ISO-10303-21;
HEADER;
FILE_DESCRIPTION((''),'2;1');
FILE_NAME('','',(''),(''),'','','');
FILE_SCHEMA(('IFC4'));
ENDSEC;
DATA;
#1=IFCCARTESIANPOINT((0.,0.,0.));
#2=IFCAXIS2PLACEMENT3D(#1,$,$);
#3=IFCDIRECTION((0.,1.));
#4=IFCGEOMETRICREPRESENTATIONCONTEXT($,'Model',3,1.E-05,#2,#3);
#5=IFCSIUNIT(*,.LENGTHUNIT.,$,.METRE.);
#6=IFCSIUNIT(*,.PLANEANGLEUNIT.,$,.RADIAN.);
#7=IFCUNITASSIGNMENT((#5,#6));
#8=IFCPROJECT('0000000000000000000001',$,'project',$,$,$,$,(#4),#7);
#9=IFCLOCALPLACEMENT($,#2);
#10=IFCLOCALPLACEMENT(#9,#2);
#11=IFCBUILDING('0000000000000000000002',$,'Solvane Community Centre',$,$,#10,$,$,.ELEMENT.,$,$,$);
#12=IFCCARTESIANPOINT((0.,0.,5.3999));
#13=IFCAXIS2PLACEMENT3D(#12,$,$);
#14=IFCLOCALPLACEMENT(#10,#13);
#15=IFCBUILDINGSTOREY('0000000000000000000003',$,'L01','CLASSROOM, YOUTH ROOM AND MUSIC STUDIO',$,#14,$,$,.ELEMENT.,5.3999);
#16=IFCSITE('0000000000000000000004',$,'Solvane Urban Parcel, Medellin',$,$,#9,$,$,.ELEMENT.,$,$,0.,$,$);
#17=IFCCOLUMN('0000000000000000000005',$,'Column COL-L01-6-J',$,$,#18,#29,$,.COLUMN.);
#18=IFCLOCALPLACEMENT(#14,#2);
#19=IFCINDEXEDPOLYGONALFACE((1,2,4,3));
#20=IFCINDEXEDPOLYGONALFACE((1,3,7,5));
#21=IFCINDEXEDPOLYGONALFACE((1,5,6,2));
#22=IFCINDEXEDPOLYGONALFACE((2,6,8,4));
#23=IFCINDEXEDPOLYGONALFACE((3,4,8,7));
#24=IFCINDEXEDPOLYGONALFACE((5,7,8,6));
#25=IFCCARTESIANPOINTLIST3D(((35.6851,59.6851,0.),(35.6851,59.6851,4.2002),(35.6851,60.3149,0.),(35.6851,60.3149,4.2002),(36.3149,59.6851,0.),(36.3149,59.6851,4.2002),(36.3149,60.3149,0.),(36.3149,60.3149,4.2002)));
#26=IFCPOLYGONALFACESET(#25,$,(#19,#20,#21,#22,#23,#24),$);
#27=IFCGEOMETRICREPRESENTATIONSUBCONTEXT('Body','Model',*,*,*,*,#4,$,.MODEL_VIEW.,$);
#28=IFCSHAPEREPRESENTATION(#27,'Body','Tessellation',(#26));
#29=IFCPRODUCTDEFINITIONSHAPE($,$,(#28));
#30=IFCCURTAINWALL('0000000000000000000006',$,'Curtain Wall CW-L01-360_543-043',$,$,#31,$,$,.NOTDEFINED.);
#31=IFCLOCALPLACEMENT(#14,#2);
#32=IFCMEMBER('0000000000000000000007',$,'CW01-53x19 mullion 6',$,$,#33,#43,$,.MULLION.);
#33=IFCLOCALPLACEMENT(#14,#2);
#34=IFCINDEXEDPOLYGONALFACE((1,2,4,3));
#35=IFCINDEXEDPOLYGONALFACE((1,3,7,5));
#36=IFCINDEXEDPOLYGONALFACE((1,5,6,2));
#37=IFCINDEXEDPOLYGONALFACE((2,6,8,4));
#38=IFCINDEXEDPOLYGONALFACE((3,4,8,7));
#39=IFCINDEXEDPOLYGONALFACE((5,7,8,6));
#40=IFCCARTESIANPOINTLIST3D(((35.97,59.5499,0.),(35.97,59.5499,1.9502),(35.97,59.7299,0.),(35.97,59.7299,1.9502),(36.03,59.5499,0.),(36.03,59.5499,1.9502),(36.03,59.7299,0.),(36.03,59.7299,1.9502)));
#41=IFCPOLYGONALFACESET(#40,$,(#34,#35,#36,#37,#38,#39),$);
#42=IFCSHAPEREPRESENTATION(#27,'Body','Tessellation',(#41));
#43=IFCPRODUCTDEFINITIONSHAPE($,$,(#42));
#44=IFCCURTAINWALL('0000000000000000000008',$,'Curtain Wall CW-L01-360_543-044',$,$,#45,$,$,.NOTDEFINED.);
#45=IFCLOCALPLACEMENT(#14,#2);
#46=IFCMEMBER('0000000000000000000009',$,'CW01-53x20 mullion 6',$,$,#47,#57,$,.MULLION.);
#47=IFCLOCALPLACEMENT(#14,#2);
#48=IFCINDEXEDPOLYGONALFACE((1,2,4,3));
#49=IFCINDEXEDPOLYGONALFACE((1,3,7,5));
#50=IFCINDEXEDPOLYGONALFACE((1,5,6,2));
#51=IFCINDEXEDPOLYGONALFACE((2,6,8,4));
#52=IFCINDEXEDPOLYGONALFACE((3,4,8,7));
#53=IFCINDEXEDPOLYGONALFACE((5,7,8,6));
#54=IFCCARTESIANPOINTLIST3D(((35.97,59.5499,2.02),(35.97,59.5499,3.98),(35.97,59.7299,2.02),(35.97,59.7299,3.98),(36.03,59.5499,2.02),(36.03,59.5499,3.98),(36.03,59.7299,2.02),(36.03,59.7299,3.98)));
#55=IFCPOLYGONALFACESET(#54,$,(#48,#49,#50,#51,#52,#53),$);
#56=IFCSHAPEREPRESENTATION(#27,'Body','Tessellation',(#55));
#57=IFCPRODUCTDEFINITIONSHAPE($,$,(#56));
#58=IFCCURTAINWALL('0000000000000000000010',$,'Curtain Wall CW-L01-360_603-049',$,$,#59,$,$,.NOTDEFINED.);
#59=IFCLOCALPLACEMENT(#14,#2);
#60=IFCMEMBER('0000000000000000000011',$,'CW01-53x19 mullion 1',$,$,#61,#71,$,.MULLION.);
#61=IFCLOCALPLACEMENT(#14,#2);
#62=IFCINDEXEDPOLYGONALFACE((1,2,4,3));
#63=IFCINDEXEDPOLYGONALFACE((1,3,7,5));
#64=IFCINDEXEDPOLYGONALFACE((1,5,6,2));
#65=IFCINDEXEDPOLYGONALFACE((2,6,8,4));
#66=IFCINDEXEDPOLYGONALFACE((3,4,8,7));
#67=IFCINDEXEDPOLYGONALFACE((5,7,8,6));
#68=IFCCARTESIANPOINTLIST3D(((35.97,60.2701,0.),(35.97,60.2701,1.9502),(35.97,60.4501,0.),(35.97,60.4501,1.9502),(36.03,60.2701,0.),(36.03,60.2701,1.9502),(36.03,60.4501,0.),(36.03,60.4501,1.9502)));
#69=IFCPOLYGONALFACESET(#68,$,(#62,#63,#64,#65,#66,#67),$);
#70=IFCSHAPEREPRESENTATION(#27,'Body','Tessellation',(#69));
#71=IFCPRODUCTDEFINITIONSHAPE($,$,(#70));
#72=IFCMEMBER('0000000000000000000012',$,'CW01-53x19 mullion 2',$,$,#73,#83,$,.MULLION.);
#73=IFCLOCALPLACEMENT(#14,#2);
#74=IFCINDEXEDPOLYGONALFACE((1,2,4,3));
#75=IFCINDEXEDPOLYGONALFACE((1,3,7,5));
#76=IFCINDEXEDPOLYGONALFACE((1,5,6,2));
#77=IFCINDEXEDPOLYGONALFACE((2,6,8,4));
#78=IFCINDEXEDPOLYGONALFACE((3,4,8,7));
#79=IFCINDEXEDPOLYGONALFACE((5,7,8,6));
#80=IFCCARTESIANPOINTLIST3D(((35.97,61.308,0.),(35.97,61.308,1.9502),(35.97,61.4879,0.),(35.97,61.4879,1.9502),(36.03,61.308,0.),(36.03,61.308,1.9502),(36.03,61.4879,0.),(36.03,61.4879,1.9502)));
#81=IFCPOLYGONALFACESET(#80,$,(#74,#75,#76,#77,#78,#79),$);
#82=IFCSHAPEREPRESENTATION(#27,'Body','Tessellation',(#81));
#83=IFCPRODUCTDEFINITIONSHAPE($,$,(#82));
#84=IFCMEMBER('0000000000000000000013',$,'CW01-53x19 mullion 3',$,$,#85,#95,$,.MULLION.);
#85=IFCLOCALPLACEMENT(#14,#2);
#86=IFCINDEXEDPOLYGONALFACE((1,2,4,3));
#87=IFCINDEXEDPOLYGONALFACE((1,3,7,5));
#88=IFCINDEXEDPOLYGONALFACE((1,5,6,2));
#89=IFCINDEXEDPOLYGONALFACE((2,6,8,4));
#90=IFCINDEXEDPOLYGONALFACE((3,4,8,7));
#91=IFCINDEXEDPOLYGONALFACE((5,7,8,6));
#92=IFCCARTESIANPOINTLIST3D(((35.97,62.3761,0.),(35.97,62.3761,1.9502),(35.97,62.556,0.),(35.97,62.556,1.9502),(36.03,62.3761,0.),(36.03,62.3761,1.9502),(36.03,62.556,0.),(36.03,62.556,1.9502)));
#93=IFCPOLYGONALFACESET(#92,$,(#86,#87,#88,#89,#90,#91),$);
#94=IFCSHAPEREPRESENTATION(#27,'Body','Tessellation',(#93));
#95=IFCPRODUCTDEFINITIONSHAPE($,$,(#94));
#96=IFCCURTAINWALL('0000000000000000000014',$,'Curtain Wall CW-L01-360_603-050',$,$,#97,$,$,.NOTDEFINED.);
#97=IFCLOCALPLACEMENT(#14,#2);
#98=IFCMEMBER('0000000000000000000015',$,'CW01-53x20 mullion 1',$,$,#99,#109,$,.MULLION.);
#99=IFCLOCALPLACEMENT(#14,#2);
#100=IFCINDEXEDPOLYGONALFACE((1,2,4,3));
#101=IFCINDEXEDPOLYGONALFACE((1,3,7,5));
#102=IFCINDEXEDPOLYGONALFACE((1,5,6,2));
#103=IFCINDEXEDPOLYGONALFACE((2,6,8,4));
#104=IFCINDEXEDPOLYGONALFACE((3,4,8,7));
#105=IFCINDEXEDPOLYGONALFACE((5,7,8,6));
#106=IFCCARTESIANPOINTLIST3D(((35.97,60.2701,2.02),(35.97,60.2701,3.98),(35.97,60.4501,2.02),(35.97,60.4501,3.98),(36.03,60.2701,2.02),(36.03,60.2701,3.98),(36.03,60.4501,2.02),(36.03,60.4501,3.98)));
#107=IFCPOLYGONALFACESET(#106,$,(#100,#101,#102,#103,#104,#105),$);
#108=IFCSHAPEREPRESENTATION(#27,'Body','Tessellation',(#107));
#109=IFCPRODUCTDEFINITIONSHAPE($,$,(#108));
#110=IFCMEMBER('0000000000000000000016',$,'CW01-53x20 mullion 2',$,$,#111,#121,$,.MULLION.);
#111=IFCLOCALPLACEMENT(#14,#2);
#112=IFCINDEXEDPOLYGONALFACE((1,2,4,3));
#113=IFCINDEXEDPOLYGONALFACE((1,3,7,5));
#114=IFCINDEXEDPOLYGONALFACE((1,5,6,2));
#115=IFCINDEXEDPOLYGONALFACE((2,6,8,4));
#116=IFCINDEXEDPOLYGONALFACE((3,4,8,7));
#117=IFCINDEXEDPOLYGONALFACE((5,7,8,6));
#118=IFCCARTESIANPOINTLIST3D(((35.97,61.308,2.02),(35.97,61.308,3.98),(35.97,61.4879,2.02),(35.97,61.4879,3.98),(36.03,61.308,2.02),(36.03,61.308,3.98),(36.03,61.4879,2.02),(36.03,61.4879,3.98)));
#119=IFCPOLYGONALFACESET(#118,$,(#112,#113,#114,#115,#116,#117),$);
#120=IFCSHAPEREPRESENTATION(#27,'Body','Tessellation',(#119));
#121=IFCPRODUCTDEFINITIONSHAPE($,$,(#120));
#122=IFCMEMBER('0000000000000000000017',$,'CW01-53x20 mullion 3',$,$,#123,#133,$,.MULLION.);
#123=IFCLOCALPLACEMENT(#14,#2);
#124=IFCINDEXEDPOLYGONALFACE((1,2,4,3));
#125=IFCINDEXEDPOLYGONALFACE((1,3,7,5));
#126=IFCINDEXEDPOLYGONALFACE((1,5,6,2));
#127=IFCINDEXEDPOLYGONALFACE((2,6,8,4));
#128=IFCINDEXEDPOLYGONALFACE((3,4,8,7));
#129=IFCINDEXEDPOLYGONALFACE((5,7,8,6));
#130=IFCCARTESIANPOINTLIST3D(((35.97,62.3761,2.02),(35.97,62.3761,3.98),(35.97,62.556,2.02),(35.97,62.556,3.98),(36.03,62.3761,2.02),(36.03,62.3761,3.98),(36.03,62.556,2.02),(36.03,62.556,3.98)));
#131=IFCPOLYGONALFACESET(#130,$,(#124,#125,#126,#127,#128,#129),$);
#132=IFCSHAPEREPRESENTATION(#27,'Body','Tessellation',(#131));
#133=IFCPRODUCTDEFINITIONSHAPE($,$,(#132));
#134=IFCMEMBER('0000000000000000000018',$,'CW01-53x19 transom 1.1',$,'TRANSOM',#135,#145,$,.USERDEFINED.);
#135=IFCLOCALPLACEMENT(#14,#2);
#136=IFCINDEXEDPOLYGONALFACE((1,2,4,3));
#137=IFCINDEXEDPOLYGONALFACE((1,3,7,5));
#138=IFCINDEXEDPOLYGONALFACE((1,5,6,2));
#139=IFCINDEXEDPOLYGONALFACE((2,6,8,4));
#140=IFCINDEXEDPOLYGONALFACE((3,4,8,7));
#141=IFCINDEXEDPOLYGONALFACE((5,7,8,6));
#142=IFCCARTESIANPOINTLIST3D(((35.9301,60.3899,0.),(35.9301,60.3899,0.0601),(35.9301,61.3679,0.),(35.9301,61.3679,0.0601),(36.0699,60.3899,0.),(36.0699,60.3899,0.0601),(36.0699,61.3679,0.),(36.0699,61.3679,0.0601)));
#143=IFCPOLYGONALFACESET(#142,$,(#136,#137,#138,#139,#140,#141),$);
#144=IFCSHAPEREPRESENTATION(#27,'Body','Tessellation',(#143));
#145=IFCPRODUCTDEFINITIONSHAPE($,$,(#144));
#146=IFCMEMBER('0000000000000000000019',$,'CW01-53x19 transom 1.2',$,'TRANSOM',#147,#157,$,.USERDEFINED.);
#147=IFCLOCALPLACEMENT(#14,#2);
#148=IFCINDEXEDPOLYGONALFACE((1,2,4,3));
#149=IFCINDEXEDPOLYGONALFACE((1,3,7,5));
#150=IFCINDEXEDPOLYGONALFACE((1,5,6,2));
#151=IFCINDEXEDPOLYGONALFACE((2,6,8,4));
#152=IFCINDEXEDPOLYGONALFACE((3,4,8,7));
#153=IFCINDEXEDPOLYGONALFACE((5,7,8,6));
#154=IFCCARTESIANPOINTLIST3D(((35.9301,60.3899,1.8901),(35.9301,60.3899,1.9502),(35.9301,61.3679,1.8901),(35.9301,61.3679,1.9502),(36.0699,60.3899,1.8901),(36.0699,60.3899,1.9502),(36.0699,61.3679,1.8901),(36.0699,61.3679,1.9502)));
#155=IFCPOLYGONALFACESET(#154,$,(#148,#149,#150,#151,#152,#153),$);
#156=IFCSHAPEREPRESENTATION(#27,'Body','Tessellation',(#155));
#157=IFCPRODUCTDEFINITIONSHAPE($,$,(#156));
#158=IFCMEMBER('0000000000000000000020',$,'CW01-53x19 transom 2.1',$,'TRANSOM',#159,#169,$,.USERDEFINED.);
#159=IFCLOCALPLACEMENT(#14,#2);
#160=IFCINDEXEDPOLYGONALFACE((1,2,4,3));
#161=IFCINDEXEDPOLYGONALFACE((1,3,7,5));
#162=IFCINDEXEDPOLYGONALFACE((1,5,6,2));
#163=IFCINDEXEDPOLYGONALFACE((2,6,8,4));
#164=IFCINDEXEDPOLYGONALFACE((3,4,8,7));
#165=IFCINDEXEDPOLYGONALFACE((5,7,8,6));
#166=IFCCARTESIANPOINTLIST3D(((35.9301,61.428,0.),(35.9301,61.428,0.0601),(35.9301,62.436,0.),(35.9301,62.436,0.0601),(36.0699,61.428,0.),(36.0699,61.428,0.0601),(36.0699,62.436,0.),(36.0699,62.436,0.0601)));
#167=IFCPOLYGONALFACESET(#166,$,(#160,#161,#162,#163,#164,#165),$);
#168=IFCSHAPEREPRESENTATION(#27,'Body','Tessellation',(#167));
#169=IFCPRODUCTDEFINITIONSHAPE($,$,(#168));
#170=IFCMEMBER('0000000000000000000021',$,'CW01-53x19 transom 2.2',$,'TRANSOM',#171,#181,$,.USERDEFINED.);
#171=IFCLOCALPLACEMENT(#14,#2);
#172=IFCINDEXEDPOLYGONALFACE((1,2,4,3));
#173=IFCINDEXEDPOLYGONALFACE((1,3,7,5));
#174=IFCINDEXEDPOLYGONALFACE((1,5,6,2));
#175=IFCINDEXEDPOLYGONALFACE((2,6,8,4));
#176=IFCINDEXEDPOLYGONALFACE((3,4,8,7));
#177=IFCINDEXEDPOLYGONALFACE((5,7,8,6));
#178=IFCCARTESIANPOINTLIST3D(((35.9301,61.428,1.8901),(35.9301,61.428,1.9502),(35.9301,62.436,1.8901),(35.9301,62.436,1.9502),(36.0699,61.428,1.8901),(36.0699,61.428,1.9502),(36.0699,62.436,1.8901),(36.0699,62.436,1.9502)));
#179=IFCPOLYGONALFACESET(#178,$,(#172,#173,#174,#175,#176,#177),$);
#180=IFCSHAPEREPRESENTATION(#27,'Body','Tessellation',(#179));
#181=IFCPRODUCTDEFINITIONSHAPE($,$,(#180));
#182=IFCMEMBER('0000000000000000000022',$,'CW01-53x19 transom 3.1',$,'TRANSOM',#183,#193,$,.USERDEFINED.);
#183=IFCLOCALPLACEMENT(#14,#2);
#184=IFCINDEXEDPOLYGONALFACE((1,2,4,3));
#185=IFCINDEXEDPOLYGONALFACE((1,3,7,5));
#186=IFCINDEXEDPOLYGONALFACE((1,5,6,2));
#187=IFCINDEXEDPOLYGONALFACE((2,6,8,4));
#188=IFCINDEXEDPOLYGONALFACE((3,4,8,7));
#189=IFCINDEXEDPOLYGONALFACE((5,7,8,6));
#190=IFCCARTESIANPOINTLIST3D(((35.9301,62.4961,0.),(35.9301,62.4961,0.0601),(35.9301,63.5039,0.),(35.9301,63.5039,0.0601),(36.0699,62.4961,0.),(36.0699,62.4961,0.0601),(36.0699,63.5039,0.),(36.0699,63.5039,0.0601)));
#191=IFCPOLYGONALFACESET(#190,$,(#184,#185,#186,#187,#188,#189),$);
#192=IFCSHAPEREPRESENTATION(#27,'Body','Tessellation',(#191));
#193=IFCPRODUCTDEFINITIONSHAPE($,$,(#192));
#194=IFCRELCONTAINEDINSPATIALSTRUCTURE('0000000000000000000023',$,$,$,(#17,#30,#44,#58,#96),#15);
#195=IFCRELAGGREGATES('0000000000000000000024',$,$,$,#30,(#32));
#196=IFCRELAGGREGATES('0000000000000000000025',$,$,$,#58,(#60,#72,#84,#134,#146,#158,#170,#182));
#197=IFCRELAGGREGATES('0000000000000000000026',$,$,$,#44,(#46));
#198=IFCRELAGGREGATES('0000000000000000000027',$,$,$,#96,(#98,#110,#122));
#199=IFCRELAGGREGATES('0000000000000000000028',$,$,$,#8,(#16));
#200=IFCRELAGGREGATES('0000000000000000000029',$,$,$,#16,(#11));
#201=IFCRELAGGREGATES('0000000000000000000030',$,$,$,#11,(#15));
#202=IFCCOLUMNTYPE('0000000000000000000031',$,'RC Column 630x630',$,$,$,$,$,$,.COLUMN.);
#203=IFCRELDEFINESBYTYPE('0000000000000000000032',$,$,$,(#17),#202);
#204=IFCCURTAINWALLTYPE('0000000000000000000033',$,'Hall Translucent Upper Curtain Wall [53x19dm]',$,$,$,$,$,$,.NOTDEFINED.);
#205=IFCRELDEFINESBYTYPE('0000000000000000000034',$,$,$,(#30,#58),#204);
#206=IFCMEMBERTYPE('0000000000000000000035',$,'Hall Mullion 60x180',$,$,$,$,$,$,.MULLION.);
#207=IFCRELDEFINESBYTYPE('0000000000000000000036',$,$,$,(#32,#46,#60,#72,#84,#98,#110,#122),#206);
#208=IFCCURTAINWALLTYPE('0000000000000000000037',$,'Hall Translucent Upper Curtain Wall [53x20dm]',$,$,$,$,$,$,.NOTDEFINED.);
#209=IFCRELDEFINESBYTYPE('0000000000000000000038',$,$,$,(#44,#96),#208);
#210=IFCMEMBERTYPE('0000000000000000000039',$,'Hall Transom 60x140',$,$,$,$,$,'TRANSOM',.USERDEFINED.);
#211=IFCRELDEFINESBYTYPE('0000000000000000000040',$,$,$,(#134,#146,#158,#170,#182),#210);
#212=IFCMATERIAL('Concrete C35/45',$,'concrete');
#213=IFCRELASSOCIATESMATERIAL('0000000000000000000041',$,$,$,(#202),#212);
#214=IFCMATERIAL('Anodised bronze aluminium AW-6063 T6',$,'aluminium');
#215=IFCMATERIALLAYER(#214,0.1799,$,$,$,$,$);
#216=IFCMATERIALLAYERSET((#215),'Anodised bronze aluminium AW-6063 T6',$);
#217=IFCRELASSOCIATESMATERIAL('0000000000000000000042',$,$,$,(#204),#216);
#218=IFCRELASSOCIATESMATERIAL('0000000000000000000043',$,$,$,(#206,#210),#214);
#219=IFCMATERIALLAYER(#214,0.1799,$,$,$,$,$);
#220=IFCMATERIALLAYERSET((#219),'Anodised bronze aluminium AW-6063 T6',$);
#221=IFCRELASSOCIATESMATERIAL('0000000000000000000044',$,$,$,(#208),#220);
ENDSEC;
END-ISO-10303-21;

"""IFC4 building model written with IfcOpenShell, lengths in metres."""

from ifc_helpers import new_model, si_unit, direction, frame, origin, origin_2d, place, context, subcontext, project, spatial, rectangle, extrude, material, layer, layer_set, material_profile, profile_set, type_object, element, aggregate, save


model = new_model("IFC4")

# Units and contexts
model_context = context("Model", 3, precision=1e-05, world=origin(), true_north=direction((0.0, 1.0)))
body_context = subcontext(model_context, "Body", "Model", "MODEL_VIEW")
ifc_project = project(units=[si_unit("LENGTHUNIT", "METRE"), si_unit("PLANEANGLEUNIT", "RADIAN")], contexts=[model_context])

# Site, building, storey
site_placement = place(None, origin())
site = spatial("IfcSite", under=ifc_project, at=site_placement, Name="Solvane Urban Parcel, Medellin", CompositionType="ELEMENT", RefElevation=0.0)
building_placement = place(site_placement, origin())
building = spatial("IfcBuilding", under=site, at=building_placement, Name="Solvane Community Centre", CompositionType="ELEMENT")
storey_placement = place(building_placement, frame((0.0, 0.0, 5.3999)))
storey = spatial("IfcBuildingStorey", under=building, at=storey_placement, Name="L01", Description="CLASSROOM, YOUTH ROOM AND MUSIC STUDIO", CompositionType="ELEMENT", Elevation=5.3999)

# Column
ifc_material_1 = material(Name="Concrete C35/45", Category="concrete")
ifc_material_profile_1 = material_profile(ifc_material_1, rectangle(XDim=0.6299, YDim=0.6299, at=origin_2d()), Name="RC 630x630")
ifc_profile_set_1 = profile_set([ifc_material_profile_1], Name="Concrete C35/45")
column_type = type_object("IfcColumnType", Name="RC Column 630x630", PredefinedType="COLUMN", material=ifc_profile_set_1)
column_placement = place(storey_placement, frame((36.0, 60.0, 0.0), z_axis=(0.0, 0.0, 1.0), x_axis=(1.0, 0.0, 0.0)))
element("IfcColumn", 1, at=column_placement, inside=storey, type_object=column_type, Name="Column COL-L01-6-J", PredefinedType="COLUMN", context=body_context, shape_type="SweptSolid", body=[
    extrude(rectangle(XDim=0.6299, YDim=0.6299, at=origin_2d()), origin(), (0.0, 0.0, 1.0), 4.2002),
])

# Curtain walls, members
ifc_material_2 = material(Name="Anodised bronze aluminium AW-6063 T6", Category="aluminium")
ifc_layer_1 = layer(ifc_material_2, 0.1799)
ifc_layer_set_1 = layer_set([ifc_layer_1], Name="Anodised bronze aluminium AW-6063 T6")
curtain_wall_type_1 = type_object("IfcCurtainWallType", Name="Hall Translucent Upper Curtain Wall [53x19dm]", PredefinedType="NOTDEFINED", material=ifc_layer_set_1)
curtain_wall_1_placement = place(storey_placement, origin())
curtain_wall_1 = element("IfcCurtainWall", 2, at=curtain_wall_1_placement, inside=storey, type_object=curtain_wall_type_1, Name="Curtain Wall CW-L01-360_543-043", PredefinedType="NOTDEFINED")
ifc_material_profile_2 = material_profile(ifc_material_2, rectangle(XDim=0.0601, YDim=0.1799, at=origin_2d()), Name="CW-M 60x180")
ifc_profile_set_2 = profile_set([ifc_material_profile_2], Name="Anodised bronze aluminium AW-6063 T6")
member_type_1 = type_object("IfcMemberType", Name="Hall Mullion 60x180", PredefinedType="MULLION", material=ifc_profile_set_2)
member_1_placement = place(storey_placement, frame((36.0, 59.6399, 0.0), z_axis=(0.0, 0.0, 1.0), x_axis=(-1.0, 0.0, 0.0)))
member_1 = element("IfcMember", 3, at=member_1_placement, type_object=member_type_1, Name="CW01-53x19 mullion 6", PredefinedType="MULLION", context=body_context, shape_type="SweptSolid", body=[
    extrude(rectangle(XDim=0.0601, YDim=0.1799, at=origin_2d()), origin(), (0.0, 0.0, 1.0), 1.9502),
])
ifc_layer_2 = layer(ifc_material_2, 0.1799)
ifc_layer_set_2 = layer_set([ifc_layer_2], Name="Anodised bronze aluminium AW-6063 T6")
curtain_wall_type_2 = type_object("IfcCurtainWallType", Name="Hall Translucent Upper Curtain Wall [53x20dm]", PredefinedType="NOTDEFINED", material=ifc_layer_set_2)
curtain_wall_2_placement = place(storey_placement, origin())
curtain_wall_2 = element("IfcCurtainWall", 4, at=curtain_wall_2_placement, inside=storey, type_object=curtain_wall_type_2, Name="Curtain Wall CW-L01-360_543-044", PredefinedType="NOTDEFINED")
member_2_placement = place(storey_placement, frame((36.0, 59.6399, 2.02), z_axis=(0.0, 0.0, 1.0), x_axis=(-1.0, 0.0, 0.0)))
member_2 = element("IfcMember", 5, at=member_2_placement, type_object=member_type_1, Name="CW01-53x20 mullion 6", PredefinedType="MULLION", context=body_context, shape_type="SweptSolid", body=[
    extrude(rectangle(XDim=0.0601, YDim=0.1799, at=origin_2d()), origin(), (0.0, 0.0, 1.0), 1.96),
])

# Curtain walls, members
curtain_wall_3_placement = place(storey_placement, origin())
curtain_wall_3 = element("IfcCurtainWall", 6, at=curtain_wall_3_placement, inside=storey, type_object=curtain_wall_type_1, Name="Curtain Wall CW-L01-360_603-049", PredefinedType="NOTDEFINED")
member_3_placement = place(storey_placement, frame((36.0, 60.3601, 0.0), z_axis=(0.0, 0.0, 1.0), x_axis=(-1.0, 0.0, 0.0)))
member_3 = element("IfcMember", 7, at=member_3_placement, type_object=member_type_1, Name="CW01-53x19 mullion 1", PredefinedType="MULLION", context=body_context, shape_type="SweptSolid", body=[
    extrude(rectangle(XDim=0.0601, YDim=0.1799, at=origin_2d()), origin(), (0.0, 0.0, 1.0), 1.9502),
])
member_4_placement = place(storey_placement, frame((36.0, 61.3979, 0.0), z_axis=(0.0, 0.0, 1.0), x_axis=(-1.0, 0.0, 0.0)))
member_4 = element("IfcMember", 8, at=member_4_placement, type_object=member_type_1, Name="CW01-53x19 mullion 2", PredefinedType="MULLION", context=body_context, shape_type="SweptSolid", body=[
    extrude(rectangle(XDim=0.0601, YDim=0.1799, at=origin_2d()), origin(), (0.0, 0.0, 1.0), 1.9502),
])
member_5_placement = place(storey_placement, frame((36.0, 62.4661, 0.0), z_axis=(0.0, 0.0, 1.0), x_axis=(-1.0, 0.0, 0.0)))
member_5 = element("IfcMember", 9, at=member_5_placement, type_object=member_type_1, Name="CW01-53x19 mullion 3", PredefinedType="MULLION", context=body_context, shape_type="SweptSolid", body=[
    extrude(rectangle(XDim=0.0601, YDim=0.1799, at=origin_2d()), origin(), (0.0, 0.0, 1.0), 1.9502),
])
curtain_wall_4_placement = place(storey_placement, origin())
curtain_wall_4 = element("IfcCurtainWall", 10, at=curtain_wall_4_placement, inside=storey, type_object=curtain_wall_type_2, Name="Curtain Wall CW-L01-360_603-050", PredefinedType="NOTDEFINED")
member_6_placement = place(storey_placement, frame((36.0, 60.3601, 2.02), z_axis=(0.0, 0.0, 1.0), x_axis=(-1.0, 0.0, 0.0)))
member_6 = element("IfcMember", 11, at=member_6_placement, type_object=member_type_1, Name="CW01-53x20 mullion 1", PredefinedType="MULLION", context=body_context, shape_type="SweptSolid", body=[
    extrude(rectangle(XDim=0.0601, YDim=0.1799, at=origin_2d()), origin(), (0.0, 0.0, 1.0), 1.96),
])
member_7_placement = place(storey_placement, frame((36.0, 61.3979, 2.02), z_axis=(0.0, 0.0, 1.0), x_axis=(-1.0, 0.0, 0.0)))
member_7 = element("IfcMember", 12, at=member_7_placement, type_object=member_type_1, Name="CW01-53x20 mullion 2", PredefinedType="MULLION", context=body_context, shape_type="SweptSolid", body=[
    extrude(rectangle(XDim=0.0601, YDim=0.1799, at=origin_2d()), origin(), (0.0, 0.0, 1.0), 1.96),
])
member_8_placement = place(storey_placement, frame((36.0, 62.4661, 2.02), z_axis=(0.0, 0.0, 1.0), x_axis=(-1.0, 0.0, 0.0)))
member_8 = element("IfcMember", 13, at=member_8_placement, type_object=member_type_1, Name="CW01-53x20 mullion 3", PredefinedType="MULLION", context=body_context, shape_type="SweptSolid", body=[
    extrude(rectangle(XDim=0.0601, YDim=0.1799, at=origin_2d()), origin(), (0.0, 0.0, 1.0), 1.96),
])

# Members
ifc_material_profile_3 = material_profile(ifc_material_2, rectangle(XDim=0.1399, YDim=0.0601, at=origin_2d()), Name="CW-T 60x140")
ifc_profile_set_3 = profile_set([ifc_material_profile_3], Name="Anodised bronze aluminium AW-6063 T6")
member_type_2 = type_object("IfcMemberType", Name="Hall Transom 60x140", ElementType="TRANSOM", PredefinedType="USERDEFINED", material=ifc_profile_set_3)
member_9_placement = place(storey_placement, frame((36.0, 60.3899, 0.03), z_axis=(0.0, 1.0, 0.0), x_axis=(-1.0, 0.0, 0.0)))
member_9 = element("IfcMember", 14, at=member_9_placement, type_object=member_type_2, Name="CW01-53x19 transom 1.1", ObjectType="TRANSOM", PredefinedType="USERDEFINED", context=body_context, shape_type="SweptSolid", body=[
    extrude(rectangle(XDim=0.1399, YDim=0.0601, at=origin_2d()), origin(), (0.0, 0.0, 1.0), 0.978),
])
member_10_placement = place(storey_placement, frame((36.0, 60.3899, 1.9202), z_axis=(0.0, 1.0, 0.0), x_axis=(-1.0, 0.0, 0.0)))
member_10 = element("IfcMember", 15, at=member_10_placement, type_object=member_type_2, Name="CW01-53x19 transom 1.2", ObjectType="TRANSOM", PredefinedType="USERDEFINED", context=body_context, shape_type="SweptSolid", body=[
    extrude(rectangle(XDim=0.1399, YDim=0.0601, at=origin_2d()), origin(), (0.0, 0.0, 1.0), 0.978),
])
member_11_placement = place(storey_placement, frame((36.0, 61.428, 0.03), z_axis=(0.0, 1.0, 0.0), x_axis=(-1.0, 0.0, 0.0)))
member_11 = element("IfcMember", 16, at=member_11_placement, type_object=member_type_2, Name="CW01-53x19 transom 2.1", ObjectType="TRANSOM", PredefinedType="USERDEFINED", context=body_context, shape_type="SweptSolid", body=[
    extrude(rectangle(XDim=0.1399, YDim=0.0601, at=origin_2d()), origin(), (0.0, 0.0, 1.0), 1.0081),
])
member_12_placement = place(storey_placement, frame((36.0, 61.428, 1.9202), z_axis=(0.0, 1.0, 0.0), x_axis=(-1.0, 0.0, 0.0)))
member_12 = element("IfcMember", 17, at=member_12_placement, type_object=member_type_2, Name="CW01-53x19 transom 2.2", ObjectType="TRANSOM", PredefinedType="USERDEFINED", context=body_context, shape_type="SweptSolid", body=[
    extrude(rectangle(XDim=0.1399, YDim=0.0601, at=origin_2d()), origin(), (0.0, 0.0, 1.0), 1.0081),
])
member_13_placement = place(storey_placement, frame((36.0, 62.4961, 0.03), z_axis=(0.0, 1.0, 0.0), x_axis=(-1.0, 0.0, 0.0)))
member_13 = element("IfcMember", 18, at=member_13_placement, type_object=member_type_2, Name="CW01-53x19 transom 3.1", ObjectType="TRANSOM", PredefinedType="USERDEFINED", context=body_context, shape_type="SweptSolid", body=[
    extrude(rectangle(XDim=0.1399, YDim=0.0601, at=origin_2d()), origin(), (0.0, 0.0, 1.0), 1.0078),
])

aggregate(curtain_wall_1, [member_1])
aggregate(curtain_wall_3, [member_3, member_4, member_5, member_9, member_10, member_11, member_12, member_13])
aggregate(curtain_wall_2, [member_2])
aggregate(curtain_wall_4, [member_6, member_7, member_8])

save(model, "model.ifc")
